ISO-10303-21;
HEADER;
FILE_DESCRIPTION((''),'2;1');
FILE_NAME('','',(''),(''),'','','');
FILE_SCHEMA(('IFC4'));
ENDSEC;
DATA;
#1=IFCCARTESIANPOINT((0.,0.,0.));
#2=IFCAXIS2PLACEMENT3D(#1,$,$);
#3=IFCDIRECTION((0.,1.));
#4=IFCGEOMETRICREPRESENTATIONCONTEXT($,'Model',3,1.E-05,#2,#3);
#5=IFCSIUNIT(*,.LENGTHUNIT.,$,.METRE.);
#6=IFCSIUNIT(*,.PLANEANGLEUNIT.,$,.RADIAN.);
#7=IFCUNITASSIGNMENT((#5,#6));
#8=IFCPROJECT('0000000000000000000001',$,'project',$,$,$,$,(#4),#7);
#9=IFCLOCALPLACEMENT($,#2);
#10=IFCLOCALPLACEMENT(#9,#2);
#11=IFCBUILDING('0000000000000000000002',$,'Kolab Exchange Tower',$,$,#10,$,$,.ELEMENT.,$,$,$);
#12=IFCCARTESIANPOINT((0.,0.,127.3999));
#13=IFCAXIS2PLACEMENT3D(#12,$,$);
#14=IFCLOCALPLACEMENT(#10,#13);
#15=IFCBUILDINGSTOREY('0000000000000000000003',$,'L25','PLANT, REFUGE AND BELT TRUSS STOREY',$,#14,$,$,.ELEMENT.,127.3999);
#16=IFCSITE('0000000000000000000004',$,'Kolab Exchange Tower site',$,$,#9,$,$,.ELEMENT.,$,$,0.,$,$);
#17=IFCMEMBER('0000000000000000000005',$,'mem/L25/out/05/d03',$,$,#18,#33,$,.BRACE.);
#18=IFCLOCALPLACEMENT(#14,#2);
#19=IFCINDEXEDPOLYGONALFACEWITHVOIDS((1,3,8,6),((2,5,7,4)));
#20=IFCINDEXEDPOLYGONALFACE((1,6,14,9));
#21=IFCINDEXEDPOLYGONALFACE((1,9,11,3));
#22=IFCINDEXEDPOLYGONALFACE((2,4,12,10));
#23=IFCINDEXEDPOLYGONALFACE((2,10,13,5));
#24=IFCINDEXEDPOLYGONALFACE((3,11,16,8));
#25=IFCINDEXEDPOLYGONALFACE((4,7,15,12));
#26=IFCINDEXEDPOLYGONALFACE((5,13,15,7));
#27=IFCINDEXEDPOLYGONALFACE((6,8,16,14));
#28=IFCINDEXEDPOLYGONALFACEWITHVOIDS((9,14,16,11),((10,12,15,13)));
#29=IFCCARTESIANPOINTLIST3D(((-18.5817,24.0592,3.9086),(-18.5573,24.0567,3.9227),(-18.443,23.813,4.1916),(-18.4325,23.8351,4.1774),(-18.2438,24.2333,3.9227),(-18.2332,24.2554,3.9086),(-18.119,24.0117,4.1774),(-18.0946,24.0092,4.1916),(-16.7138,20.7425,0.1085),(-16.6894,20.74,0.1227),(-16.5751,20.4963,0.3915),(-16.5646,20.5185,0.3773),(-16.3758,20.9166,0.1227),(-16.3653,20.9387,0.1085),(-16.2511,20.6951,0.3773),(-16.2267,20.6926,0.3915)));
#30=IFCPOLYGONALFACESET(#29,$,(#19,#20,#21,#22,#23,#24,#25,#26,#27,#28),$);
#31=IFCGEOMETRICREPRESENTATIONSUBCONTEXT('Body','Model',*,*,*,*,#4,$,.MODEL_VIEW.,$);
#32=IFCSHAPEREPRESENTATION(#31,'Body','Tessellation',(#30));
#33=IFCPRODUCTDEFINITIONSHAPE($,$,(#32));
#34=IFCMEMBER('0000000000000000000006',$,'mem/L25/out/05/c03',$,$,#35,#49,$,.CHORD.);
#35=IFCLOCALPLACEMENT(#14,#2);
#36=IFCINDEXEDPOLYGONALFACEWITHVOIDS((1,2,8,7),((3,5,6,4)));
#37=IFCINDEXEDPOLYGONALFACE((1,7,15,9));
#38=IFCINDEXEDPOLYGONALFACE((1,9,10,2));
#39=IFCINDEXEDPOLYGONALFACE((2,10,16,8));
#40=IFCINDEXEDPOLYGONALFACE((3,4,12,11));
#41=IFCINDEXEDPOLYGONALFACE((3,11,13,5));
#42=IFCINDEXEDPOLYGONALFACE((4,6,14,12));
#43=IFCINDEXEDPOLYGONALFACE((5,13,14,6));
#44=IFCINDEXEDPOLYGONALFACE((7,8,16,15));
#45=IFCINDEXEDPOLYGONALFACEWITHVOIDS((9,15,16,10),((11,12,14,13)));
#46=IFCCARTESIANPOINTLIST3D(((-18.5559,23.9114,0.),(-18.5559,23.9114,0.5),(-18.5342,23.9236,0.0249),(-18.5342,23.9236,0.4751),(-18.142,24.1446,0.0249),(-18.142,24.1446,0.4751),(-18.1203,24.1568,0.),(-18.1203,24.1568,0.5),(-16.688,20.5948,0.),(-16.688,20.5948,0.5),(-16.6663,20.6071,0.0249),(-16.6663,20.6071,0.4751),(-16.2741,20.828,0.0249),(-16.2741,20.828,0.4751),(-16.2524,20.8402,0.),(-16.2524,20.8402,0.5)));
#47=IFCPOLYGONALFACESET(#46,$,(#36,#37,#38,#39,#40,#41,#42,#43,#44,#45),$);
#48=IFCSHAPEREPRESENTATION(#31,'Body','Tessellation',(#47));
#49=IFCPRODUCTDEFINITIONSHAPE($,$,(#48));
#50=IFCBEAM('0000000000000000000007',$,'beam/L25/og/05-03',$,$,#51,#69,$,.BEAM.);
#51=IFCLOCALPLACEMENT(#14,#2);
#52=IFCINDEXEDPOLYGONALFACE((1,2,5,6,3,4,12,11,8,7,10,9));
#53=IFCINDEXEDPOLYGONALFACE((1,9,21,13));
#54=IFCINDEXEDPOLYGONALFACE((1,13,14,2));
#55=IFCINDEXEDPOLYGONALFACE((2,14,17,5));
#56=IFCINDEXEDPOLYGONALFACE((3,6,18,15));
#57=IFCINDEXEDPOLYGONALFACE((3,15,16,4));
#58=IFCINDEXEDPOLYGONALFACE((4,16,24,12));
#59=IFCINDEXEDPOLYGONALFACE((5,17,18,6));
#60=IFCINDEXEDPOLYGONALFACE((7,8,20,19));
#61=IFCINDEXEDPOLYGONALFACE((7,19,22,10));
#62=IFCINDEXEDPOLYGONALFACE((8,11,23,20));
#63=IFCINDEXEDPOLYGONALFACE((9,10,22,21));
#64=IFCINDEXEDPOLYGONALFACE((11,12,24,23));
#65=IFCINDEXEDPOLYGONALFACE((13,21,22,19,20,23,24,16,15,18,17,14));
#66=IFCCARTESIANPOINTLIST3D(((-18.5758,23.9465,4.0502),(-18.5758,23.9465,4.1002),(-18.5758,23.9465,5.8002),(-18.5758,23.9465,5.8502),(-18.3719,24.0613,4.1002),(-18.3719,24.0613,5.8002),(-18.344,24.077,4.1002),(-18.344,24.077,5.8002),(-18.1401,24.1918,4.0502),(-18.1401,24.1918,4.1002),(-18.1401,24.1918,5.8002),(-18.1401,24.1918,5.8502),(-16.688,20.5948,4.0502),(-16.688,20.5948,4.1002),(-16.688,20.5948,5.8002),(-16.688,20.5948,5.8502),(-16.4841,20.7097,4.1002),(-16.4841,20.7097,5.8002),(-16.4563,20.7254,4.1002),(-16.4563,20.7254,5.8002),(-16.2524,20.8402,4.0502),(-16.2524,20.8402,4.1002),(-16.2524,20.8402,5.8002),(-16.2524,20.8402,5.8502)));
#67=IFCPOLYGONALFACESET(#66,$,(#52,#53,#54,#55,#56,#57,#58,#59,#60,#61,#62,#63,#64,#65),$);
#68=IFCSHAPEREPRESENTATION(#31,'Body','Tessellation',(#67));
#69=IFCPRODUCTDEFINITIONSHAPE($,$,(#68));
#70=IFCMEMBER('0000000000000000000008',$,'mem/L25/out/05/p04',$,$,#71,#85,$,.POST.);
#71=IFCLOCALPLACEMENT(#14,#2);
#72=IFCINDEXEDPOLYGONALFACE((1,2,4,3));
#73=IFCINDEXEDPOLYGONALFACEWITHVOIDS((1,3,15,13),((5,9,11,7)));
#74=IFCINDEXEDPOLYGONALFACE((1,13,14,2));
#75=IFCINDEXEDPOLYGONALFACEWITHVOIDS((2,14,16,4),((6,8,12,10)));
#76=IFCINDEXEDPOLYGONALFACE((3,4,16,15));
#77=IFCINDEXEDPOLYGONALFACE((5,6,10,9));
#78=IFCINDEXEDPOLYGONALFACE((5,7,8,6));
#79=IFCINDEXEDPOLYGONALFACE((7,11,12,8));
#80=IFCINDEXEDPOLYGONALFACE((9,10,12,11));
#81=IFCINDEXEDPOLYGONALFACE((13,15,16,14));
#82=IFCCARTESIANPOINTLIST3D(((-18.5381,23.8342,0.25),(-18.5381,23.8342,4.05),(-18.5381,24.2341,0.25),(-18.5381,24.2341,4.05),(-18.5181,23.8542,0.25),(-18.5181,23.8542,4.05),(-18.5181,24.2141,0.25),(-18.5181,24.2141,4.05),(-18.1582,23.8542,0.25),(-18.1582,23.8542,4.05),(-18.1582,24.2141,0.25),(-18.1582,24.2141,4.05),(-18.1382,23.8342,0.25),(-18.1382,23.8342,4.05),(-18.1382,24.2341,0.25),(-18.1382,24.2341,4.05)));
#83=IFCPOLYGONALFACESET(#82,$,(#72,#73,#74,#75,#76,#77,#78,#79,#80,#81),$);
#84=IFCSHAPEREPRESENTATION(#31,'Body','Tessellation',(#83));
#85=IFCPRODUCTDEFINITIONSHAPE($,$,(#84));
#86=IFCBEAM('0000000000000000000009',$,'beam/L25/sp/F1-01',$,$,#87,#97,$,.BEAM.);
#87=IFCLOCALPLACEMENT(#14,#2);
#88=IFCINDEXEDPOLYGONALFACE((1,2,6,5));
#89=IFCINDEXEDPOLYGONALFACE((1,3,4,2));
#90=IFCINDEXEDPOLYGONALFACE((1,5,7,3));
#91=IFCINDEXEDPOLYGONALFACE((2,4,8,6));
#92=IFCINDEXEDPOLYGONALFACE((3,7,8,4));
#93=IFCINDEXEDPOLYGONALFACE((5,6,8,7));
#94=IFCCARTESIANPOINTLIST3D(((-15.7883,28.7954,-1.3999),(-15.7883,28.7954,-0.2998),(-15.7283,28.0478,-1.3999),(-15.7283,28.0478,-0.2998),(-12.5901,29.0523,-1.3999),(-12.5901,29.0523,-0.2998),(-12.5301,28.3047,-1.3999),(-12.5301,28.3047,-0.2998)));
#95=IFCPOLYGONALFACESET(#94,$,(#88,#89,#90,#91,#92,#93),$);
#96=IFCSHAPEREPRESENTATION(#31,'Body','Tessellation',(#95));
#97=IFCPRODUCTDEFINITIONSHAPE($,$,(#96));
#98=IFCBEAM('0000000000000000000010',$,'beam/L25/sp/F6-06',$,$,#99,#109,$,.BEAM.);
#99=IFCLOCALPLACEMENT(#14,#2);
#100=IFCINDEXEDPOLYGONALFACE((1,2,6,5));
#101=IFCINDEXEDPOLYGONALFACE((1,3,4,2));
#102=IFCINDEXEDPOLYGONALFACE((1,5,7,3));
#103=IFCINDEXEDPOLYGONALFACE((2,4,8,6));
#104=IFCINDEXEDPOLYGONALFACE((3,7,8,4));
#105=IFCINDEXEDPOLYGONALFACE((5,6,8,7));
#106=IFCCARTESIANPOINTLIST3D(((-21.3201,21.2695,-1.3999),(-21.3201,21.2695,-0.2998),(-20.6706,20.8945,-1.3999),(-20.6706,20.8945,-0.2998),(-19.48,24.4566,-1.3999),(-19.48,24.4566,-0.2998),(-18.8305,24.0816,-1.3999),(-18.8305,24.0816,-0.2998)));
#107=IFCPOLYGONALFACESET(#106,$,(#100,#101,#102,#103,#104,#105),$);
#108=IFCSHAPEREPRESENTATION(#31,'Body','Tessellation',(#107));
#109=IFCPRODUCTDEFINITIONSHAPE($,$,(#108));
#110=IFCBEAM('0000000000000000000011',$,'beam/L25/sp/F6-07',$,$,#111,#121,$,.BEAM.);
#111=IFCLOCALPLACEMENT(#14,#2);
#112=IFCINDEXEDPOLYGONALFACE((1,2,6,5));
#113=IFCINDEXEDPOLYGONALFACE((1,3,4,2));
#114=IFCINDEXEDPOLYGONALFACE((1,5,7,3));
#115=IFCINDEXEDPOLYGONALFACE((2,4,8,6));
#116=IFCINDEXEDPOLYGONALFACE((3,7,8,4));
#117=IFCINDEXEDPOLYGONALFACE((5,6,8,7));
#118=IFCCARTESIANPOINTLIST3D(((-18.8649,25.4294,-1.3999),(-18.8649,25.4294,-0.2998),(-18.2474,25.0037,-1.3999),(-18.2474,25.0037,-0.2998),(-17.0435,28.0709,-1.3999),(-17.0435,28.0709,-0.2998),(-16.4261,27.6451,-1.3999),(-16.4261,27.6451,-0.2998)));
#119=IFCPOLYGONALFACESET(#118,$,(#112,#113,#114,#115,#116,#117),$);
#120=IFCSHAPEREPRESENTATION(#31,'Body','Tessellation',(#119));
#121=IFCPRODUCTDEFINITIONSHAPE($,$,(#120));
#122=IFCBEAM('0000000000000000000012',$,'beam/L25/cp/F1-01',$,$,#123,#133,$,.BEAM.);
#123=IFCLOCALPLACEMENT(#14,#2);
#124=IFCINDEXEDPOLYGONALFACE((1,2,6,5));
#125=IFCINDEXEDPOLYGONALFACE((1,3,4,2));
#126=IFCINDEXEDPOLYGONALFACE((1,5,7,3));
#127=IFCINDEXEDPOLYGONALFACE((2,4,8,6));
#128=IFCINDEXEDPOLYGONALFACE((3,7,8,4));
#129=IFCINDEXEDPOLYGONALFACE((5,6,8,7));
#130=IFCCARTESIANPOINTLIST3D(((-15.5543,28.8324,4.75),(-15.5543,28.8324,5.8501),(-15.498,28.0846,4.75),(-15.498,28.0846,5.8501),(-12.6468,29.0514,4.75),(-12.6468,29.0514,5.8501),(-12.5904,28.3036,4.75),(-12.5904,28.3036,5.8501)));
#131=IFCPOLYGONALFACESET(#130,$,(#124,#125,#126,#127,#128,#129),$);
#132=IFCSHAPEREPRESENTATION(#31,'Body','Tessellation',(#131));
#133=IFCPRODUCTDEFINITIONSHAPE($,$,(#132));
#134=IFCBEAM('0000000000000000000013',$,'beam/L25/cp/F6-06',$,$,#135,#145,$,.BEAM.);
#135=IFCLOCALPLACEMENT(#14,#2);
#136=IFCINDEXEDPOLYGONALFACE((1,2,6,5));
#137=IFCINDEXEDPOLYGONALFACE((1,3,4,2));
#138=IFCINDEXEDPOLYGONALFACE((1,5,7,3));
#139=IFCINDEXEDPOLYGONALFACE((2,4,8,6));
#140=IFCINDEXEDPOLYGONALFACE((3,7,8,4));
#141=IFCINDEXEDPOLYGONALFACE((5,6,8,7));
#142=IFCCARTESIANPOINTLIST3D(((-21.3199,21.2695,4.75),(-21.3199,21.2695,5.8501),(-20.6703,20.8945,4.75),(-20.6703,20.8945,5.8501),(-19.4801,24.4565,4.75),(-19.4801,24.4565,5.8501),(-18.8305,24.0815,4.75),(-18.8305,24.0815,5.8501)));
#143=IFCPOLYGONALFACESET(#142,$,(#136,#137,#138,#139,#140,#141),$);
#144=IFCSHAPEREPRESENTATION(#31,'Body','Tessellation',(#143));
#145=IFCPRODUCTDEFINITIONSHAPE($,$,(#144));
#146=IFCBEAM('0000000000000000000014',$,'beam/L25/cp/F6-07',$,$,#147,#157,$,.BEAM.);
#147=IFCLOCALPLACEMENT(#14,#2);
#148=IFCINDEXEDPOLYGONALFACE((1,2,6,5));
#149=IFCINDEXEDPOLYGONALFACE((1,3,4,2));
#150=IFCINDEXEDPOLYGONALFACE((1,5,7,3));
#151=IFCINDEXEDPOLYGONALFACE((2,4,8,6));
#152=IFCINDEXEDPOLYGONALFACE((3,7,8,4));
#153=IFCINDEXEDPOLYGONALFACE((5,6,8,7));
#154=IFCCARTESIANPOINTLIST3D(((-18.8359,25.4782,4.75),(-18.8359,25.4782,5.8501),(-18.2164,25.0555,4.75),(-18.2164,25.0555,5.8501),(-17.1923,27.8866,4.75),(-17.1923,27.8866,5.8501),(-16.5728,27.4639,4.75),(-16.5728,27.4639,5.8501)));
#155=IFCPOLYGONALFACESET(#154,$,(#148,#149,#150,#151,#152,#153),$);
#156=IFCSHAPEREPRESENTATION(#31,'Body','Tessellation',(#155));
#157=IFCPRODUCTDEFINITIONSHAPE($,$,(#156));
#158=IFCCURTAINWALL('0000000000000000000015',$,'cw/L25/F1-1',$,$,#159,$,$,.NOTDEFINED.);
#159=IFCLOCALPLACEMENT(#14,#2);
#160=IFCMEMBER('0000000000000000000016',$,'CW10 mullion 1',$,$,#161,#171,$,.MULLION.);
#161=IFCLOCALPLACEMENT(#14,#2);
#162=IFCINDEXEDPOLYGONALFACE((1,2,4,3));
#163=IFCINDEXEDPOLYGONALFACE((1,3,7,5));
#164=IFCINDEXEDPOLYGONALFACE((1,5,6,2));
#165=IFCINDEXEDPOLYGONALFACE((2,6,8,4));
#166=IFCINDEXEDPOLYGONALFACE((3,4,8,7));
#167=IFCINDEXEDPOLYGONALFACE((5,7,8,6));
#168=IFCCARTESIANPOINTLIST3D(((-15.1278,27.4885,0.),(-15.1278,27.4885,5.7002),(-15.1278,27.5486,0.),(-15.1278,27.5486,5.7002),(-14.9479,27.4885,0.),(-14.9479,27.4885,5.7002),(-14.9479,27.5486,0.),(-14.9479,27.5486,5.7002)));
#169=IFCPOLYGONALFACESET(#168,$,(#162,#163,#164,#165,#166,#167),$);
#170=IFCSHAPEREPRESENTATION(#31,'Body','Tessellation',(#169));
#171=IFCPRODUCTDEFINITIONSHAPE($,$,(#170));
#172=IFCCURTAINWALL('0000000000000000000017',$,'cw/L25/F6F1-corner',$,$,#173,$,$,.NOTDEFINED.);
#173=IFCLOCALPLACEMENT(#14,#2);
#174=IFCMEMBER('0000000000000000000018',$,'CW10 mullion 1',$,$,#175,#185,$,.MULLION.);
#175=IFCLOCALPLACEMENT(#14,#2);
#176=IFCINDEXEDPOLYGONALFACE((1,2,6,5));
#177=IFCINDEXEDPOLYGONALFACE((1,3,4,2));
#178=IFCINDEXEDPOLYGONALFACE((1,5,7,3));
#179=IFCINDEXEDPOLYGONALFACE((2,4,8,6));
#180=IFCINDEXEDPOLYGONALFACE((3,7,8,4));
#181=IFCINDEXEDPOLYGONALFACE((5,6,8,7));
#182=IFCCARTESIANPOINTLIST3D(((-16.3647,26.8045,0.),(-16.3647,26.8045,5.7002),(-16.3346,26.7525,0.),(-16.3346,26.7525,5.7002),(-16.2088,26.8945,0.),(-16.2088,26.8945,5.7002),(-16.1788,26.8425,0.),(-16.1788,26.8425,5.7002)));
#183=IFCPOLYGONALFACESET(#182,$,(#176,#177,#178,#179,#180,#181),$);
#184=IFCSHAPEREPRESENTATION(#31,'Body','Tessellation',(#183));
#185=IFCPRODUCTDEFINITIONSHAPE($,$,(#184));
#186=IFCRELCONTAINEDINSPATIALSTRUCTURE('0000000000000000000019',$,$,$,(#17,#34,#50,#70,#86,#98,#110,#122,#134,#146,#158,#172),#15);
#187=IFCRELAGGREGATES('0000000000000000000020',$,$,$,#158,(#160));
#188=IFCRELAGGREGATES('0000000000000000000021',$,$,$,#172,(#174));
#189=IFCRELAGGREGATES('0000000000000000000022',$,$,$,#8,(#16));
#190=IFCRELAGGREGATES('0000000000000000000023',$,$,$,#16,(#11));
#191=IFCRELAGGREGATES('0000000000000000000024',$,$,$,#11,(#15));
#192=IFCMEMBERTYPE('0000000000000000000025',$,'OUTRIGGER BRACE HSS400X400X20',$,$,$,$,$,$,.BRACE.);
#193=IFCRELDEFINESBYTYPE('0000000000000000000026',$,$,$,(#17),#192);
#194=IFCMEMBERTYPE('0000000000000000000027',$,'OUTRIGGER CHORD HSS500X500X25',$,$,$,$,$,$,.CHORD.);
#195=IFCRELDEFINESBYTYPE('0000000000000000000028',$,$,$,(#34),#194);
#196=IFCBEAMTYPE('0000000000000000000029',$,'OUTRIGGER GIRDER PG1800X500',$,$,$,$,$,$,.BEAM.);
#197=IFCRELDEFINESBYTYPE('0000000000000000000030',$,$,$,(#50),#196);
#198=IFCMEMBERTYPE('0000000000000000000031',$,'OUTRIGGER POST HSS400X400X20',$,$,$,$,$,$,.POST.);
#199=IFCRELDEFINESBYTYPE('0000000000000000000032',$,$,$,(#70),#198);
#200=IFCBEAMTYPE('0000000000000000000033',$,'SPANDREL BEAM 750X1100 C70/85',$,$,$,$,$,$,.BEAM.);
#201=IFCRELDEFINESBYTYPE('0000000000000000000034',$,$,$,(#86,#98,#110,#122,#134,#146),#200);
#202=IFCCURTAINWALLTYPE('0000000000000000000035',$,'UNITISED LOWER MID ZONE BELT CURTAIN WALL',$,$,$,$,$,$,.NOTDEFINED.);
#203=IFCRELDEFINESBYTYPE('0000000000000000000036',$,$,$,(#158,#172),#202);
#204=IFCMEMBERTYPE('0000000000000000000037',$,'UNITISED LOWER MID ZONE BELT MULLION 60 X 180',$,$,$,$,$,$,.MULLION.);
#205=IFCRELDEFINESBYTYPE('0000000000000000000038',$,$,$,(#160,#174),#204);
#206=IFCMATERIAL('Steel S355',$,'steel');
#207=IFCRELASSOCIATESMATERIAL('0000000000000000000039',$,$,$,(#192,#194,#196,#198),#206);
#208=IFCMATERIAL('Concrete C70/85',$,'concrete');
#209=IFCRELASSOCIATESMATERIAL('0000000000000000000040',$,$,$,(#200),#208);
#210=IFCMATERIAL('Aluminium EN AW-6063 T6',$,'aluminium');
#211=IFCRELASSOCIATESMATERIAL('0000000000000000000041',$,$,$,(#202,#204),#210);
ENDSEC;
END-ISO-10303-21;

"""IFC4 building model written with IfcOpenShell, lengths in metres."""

from ifc_helpers import new_model, si_unit, direction, frame, origin, origin_2d, place, context, subcontext, project, spatial, rectangle, hollow_rectangle, i_section, extrude, material, material_profile, profile_set, type_object, element, aggregate, save


model = new_model("IFC4")

# Units and contexts
model_context = context("Model", 3, precision=1e-05, world=origin(), true_north=direction((0.0, 1.0)))
body_context = subcontext(model_context, "Body", "Model", "MODEL_VIEW")
ifc_project = project(units=[si_unit("LENGTHUNIT", "METRE"), si_unit("PLANEANGLEUNIT", "RADIAN")], contexts=[model_context])

# Site, building, storey
site_placement = place(None, origin())
site = spatial("IfcSite", under=ifc_project, at=site_placement, Name="Kolab Exchange Tower site", CompositionType="ELEMENT", RefElevation=0.0)
building_placement = place(site_placement, origin())
building = spatial("IfcBuilding", under=site, at=building_placement, Name="Kolab Exchange Tower", CompositionType="ELEMENT")
storey_placement = place(building_placement, frame((0.0, 0.0, 127.3999)))
storey = spatial("IfcBuildingStorey", under=building, at=storey_placement, Name="L25", Description="PLANT, REFUGE AND BELT TRUSS STOREY", CompositionType="ELEMENT", Elevation=127.3999)

# Shared definitions
ifc_material_1 = material(Name="Concrete C70/85", Category="concrete")

# Shared definitions
ifc_material_2 = material(Name="Steel S355", Category="steel")

# Shared definitions
ifc_material_3 = material(Name="Aluminium EN AW-6063 T6", Category="aluminium")

# Members
ifc_material_profile_1 = material_profile(ifc_material_2, hollow_rectangle(XDim=0.3999, YDim=0.3999, WallThickness=0.02, at=origin_2d()), Name="HSS400X400X20")
ifc_profile_set_1 = profile_set([ifc_material_profile_1], Name="Steel S355")
member_type_1 = type_object("IfcMemberType", Name="OUTRIGGER BRACE HSS400X400X20", PredefinedType="BRACE", material=ifc_profile_set_1)
member_1_placement = place(storey_placement, frame((-16.4702, 20.7175, 0.25), z_axis=(-0.347285, 0.616635, 0.706509), x_axis=(-0.871317, -0.490721, 0.0)))
element("IfcMember", 1, at=member_1_placement, inside=storey, type_object=member_type_1, Name="mem/L25/out/05/d03", PredefinedType="BRACE", context=body_context, shape_type="SweptSolid", body=[
    extrude(hollow_rectangle(XDim=0.3999, YDim=0.3999, WallThickness=0.02, at=origin_2d()), origin(), (0.0, 0.0, 1.0), 5.3787),
])
ifc_material_profile_2 = material_profile(ifc_material_2, hollow_rectangle(XDim=0.5, YDim=0.5, WallThickness=0.0249, at=origin_2d()), Name="HSS500X500X25")
ifc_profile_set_2 = profile_set([ifc_material_profile_2], Name="Steel S355")
member_type_2 = type_object("IfcMemberType", Name="OUTRIGGER CHORD HSS500X500X25", PredefinedType="CHORD", material=ifc_profile_set_2)
member_2_placement = place(storey_placement, frame((-16.4702, 20.7175, 0.25), z_axis=(-0.490721, 0.871317, 0.0), x_axis=(-0.871317, -0.490721, 0.0)))
element("IfcMember", 2, at=member_2_placement, inside=storey, type_object=member_type_2, Name="mem/L25/out/05/c03", PredefinedType="CHORD", context=body_context, shape_type="SweptSolid", body=[
    extrude(hollow_rectangle(XDim=0.5, YDim=0.5, WallThickness=0.0249, at=origin_2d()), origin(), (0.0, 0.0, 1.0), 3.8064),
])

# Beam
ifc_material_profile_3 = material_profile(ifc_material_2, i_section(OverallWidth=0.5, OverallDepth=1.8, WebThickness=0.032, FlangeThickness=0.05, at=origin_2d()), Name="PG1800X500")
ifc_profile_set_3 = profile_set([ifc_material_profile_3], Name="Steel S355")
beam_type_1 = type_object("IfcBeamType", Name="OUTRIGGER GIRDER PG1800X500", PredefinedType="BEAM", material=ifc_profile_set_3)
beam_1_placement = place(storey_placement, frame((-16.4702, 20.7175, 4.9502), z_axis=(-0.490743, 0.871304, 0.0), x_axis=(-0.871304, -0.490743, 0.0)))
element("IfcBeam", 3, at=beam_1_placement, inside=storey, type_object=beam_type_1, Name="beam/L25/og/05-03", PredefinedType="BEAM", context=body_context, shape_type="SweptSolid", body=[
    extrude(i_section(OverallWidth=0.5, OverallDepth=1.8, WebThickness=0.032, FlangeThickness=0.05, at=origin_2d()), origin(), (0.0, 0.0, 1.0), 3.8467),
])

# Member
ifc_material_profile_4 = material_profile(ifc_material_2, hollow_rectangle(XDim=0.3999, YDim=0.3999, WallThickness=0.02, at=origin_2d()), Name="HSS400X400X20")
ifc_profile_set_4 = profile_set([ifc_material_profile_4], Name="Steel S355")
member_type_3 = type_object("IfcMemberType", Name="OUTRIGGER POST HSS400X400X20", PredefinedType="POST", material=ifc_profile_set_4)
member_3_placement = place(storey_placement, frame((-18.3381, 24.0342, 0.25), z_axis=(0.0, 0.0, 1.0), x_axis=(1.0, 0.0, 0.0)))
element("IfcMember", 4, at=member_3_placement, inside=storey, type_object=member_type_3, Name="mem/L25/out/05/p04", PredefinedType="POST", context=body_context, shape_type="SweptSolid", body=[
    extrude(hollow_rectangle(XDim=0.3999, YDim=0.3999, WallThickness=0.02, at=origin_2d()), origin(), (0.0, 0.0, 1.0), 3.8),
])

# Beams
ifc_material_profile_5 = material_profile(ifc_material_1, rectangle(XDim=0.75, YDim=1.1001, at=origin_2d()), Name="RC750X1100")
ifc_profile_set_5 = profile_set([ifc_material_profile_5], Name="Concrete C70/85")
beam_type_2 = type_object("IfcBeamType", Name="SPANDREL BEAM 750X1100 C70/85", PredefinedType="BEAM", material=ifc_profile_set_5)
beam_2_placement = place(storey_placement, frame((-15.7583, 28.4216, -0.8499), z_axis=(0.996791, 0.080048, 0.0), x_axis=(-0.080048, 0.996791, 0.0)))
element("IfcBeam", 5, at=beam_2_placement, inside=storey, type_object=beam_type_2, Name="beam/L25/sp/F1-01", PredefinedType="BEAM", context=body_context, shape_type="SweptSolid", body=[
    extrude(rectangle(XDim=0.75, YDim=1.1001, at=origin_2d()), origin(), (0.0, 0.0, 1.0), 3.2085),
])
beam_3_placement = place(storey_placement, frame((-20.9954, 21.082, -0.8499), z_axis=(0.500013, 0.866018, 0.0), x_axis=(-0.866018, 0.500013, 0.0)))
element("IfcBeam", 6, at=beam_3_placement, inside=storey, type_object=beam_type_2, Name="beam/L25/sp/F6-06", PredefinedType="BEAM", context=body_context, shape_type="SweptSolid", body=[
    extrude(rectangle(XDim=0.75, YDim=1.1001, at=origin_2d()), origin(), (0.0, 0.0, 1.0), 3.6802),
])
beam_4_placement = place(storey_placement, frame((-18.5562, 25.2166, -0.8499), z_axis=(0.567662, 0.823262, 0.0), x_axis=(-0.823262, 0.567662, 0.0)))
element("IfcBeam", 7, at=beam_4_placement, inside=storey, type_object=beam_type_2, Name="beam/L25/sp/F6-07", PredefinedType="BEAM", context=body_context, shape_type="SweptSolid", body=[
    extrude(rectangle(XDim=0.75, YDim=1.1001, at=origin_2d()), origin(), (0.0, 0.0, 1.0), 3.2085),
])
beam_5_placement = place(storey_placement, frame((-15.5261, 28.4585, 5.3), z_axis=(0.997175, 0.075108, 0.0), x_axis=(-0.075108, 0.997175, 0.0)))
element("IfcBeam", 8, at=beam_5_placement, inside=storey, type_object=beam_type_2, Name="beam/L25/cp/F1-01", PredefinedType="BEAM", context=body_context, shape_type="SweptSolid", body=[
    extrude(rectangle(XDim=0.75, YDim=1.1001, at=origin_2d()), origin(), (0.0, 0.0, 1.0), 2.9158),
])
beam_6_placement = place(storey_placement, frame((-20.9951, 21.082, 5.3), z_axis=(0.499964, 0.866046, 0.0), x_axis=(-0.866046, 0.499964, 0.0)))
element("IfcBeam", 9, at=beam_6_placement, inside=storey, type_object=beam_type_2, Name="beam/L25/cp/F6-06", PredefinedType="BEAM", context=body_context, shape_type="SweptSolid", body=[
    extrude(rectangle(XDim=0.75, YDim=1.1001, at=origin_2d()), origin(), (0.0, 0.0, 1.0), 3.6799),
])
beam_7_placement = place(storey_placement, frame((-18.5261, 25.2668, 5.3), z_axis=(0.563672, 0.825999, 0.0), x_axis=(-0.825999, 0.563672, 0.0)))
element("IfcBeam", 10, at=beam_7_placement, inside=storey, type_object=beam_type_2, Name="beam/L25/cp/F6-07", PredefinedType="BEAM", context=body_context, shape_type="SweptSolid", body=[
    extrude(rectangle(XDim=0.75, YDim=1.1001, at=origin_2d()), origin(), (0.0, 0.0, 1.0), 2.9158),
])

# Curtain wall, member
curtain_wall_type_1 = type_object("IfcCurtainWallType", Name="UNITISED LOWER MID ZONE BELT CURTAIN WALL", PredefinedType="NOTDEFINED", material=ifc_material_3)
curtain_wall_1_placement = place(storey_placement, origin())
curtain_wall_1 = element("IfcCurtainWall", 11, at=curtain_wall_1_placement, inside=storey, type_object=curtain_wall_type_1, Name="cw/L25/F1-1", PredefinedType="NOTDEFINED")
ifc_material_profile_6 = material_profile(ifc_material_3, rectangle(XDim=0.0601, YDim=0.1799, at=origin_2d()), Name="RECT 60X180")
ifc_profile_set_6 = profile_set([ifc_material_profile_6], Name="Aluminium EN AW-6063 T6")
member_type_4 = type_object("IfcMemberType", Name="UNITISED LOWER MID ZONE BELT MULLION 60 X 180", PredefinedType="MULLION", material=ifc_profile_set_6)
member_4_placement = place(storey_placement, frame((-15.0378, 27.5186, 0.0), z_axis=(0.0, 0.0, 1.0), x_axis=(0.0, 1.0, 0.0)))
member_4 = element("IfcMember", 12, at=member_4_placement, type_object=member_type_4, Name="CW10 mullion 1", PredefinedType="MULLION", context=body_context, shape_type="SweptSolid", body=[
    extrude(rectangle(XDim=0.0601, YDim=0.1799, at=origin_2d()), origin(), (0.0, 0.0, 1.0), 5.7002),
])

# Curtain wall, member
curtain_wall_2_placement = place(storey_placement, origin())
curtain_wall_2 = element("IfcCurtainWall", 13, at=curtain_wall_2_placement, inside=storey, type_object=curtain_wall_type_1, Name="cw/L25/F6F1-corner", PredefinedType="NOTDEFINED")
member_5_placement = place(storey_placement, frame((-16.2717, 26.8235, 0.0), z_axis=(0.0, 0.0, 1.0), x_axis=(-0.5, 0.866025, 0.0)))
member_5 = element("IfcMember", 14, at=member_5_placement, type_object=member_type_4, Name="CW10 mullion 1", PredefinedType="MULLION", context=body_context, shape_type="SweptSolid", body=[
    extrude(rectangle(XDim=0.0601, YDim=0.1799, at=origin_2d()), origin(), (0.0, 0.0, 1.0), 5.7002),
])

aggregate(curtain_wall_1, [member_4])

aggregate(curtain_wall_2, [member_5])

save(model, "model.ifc")
